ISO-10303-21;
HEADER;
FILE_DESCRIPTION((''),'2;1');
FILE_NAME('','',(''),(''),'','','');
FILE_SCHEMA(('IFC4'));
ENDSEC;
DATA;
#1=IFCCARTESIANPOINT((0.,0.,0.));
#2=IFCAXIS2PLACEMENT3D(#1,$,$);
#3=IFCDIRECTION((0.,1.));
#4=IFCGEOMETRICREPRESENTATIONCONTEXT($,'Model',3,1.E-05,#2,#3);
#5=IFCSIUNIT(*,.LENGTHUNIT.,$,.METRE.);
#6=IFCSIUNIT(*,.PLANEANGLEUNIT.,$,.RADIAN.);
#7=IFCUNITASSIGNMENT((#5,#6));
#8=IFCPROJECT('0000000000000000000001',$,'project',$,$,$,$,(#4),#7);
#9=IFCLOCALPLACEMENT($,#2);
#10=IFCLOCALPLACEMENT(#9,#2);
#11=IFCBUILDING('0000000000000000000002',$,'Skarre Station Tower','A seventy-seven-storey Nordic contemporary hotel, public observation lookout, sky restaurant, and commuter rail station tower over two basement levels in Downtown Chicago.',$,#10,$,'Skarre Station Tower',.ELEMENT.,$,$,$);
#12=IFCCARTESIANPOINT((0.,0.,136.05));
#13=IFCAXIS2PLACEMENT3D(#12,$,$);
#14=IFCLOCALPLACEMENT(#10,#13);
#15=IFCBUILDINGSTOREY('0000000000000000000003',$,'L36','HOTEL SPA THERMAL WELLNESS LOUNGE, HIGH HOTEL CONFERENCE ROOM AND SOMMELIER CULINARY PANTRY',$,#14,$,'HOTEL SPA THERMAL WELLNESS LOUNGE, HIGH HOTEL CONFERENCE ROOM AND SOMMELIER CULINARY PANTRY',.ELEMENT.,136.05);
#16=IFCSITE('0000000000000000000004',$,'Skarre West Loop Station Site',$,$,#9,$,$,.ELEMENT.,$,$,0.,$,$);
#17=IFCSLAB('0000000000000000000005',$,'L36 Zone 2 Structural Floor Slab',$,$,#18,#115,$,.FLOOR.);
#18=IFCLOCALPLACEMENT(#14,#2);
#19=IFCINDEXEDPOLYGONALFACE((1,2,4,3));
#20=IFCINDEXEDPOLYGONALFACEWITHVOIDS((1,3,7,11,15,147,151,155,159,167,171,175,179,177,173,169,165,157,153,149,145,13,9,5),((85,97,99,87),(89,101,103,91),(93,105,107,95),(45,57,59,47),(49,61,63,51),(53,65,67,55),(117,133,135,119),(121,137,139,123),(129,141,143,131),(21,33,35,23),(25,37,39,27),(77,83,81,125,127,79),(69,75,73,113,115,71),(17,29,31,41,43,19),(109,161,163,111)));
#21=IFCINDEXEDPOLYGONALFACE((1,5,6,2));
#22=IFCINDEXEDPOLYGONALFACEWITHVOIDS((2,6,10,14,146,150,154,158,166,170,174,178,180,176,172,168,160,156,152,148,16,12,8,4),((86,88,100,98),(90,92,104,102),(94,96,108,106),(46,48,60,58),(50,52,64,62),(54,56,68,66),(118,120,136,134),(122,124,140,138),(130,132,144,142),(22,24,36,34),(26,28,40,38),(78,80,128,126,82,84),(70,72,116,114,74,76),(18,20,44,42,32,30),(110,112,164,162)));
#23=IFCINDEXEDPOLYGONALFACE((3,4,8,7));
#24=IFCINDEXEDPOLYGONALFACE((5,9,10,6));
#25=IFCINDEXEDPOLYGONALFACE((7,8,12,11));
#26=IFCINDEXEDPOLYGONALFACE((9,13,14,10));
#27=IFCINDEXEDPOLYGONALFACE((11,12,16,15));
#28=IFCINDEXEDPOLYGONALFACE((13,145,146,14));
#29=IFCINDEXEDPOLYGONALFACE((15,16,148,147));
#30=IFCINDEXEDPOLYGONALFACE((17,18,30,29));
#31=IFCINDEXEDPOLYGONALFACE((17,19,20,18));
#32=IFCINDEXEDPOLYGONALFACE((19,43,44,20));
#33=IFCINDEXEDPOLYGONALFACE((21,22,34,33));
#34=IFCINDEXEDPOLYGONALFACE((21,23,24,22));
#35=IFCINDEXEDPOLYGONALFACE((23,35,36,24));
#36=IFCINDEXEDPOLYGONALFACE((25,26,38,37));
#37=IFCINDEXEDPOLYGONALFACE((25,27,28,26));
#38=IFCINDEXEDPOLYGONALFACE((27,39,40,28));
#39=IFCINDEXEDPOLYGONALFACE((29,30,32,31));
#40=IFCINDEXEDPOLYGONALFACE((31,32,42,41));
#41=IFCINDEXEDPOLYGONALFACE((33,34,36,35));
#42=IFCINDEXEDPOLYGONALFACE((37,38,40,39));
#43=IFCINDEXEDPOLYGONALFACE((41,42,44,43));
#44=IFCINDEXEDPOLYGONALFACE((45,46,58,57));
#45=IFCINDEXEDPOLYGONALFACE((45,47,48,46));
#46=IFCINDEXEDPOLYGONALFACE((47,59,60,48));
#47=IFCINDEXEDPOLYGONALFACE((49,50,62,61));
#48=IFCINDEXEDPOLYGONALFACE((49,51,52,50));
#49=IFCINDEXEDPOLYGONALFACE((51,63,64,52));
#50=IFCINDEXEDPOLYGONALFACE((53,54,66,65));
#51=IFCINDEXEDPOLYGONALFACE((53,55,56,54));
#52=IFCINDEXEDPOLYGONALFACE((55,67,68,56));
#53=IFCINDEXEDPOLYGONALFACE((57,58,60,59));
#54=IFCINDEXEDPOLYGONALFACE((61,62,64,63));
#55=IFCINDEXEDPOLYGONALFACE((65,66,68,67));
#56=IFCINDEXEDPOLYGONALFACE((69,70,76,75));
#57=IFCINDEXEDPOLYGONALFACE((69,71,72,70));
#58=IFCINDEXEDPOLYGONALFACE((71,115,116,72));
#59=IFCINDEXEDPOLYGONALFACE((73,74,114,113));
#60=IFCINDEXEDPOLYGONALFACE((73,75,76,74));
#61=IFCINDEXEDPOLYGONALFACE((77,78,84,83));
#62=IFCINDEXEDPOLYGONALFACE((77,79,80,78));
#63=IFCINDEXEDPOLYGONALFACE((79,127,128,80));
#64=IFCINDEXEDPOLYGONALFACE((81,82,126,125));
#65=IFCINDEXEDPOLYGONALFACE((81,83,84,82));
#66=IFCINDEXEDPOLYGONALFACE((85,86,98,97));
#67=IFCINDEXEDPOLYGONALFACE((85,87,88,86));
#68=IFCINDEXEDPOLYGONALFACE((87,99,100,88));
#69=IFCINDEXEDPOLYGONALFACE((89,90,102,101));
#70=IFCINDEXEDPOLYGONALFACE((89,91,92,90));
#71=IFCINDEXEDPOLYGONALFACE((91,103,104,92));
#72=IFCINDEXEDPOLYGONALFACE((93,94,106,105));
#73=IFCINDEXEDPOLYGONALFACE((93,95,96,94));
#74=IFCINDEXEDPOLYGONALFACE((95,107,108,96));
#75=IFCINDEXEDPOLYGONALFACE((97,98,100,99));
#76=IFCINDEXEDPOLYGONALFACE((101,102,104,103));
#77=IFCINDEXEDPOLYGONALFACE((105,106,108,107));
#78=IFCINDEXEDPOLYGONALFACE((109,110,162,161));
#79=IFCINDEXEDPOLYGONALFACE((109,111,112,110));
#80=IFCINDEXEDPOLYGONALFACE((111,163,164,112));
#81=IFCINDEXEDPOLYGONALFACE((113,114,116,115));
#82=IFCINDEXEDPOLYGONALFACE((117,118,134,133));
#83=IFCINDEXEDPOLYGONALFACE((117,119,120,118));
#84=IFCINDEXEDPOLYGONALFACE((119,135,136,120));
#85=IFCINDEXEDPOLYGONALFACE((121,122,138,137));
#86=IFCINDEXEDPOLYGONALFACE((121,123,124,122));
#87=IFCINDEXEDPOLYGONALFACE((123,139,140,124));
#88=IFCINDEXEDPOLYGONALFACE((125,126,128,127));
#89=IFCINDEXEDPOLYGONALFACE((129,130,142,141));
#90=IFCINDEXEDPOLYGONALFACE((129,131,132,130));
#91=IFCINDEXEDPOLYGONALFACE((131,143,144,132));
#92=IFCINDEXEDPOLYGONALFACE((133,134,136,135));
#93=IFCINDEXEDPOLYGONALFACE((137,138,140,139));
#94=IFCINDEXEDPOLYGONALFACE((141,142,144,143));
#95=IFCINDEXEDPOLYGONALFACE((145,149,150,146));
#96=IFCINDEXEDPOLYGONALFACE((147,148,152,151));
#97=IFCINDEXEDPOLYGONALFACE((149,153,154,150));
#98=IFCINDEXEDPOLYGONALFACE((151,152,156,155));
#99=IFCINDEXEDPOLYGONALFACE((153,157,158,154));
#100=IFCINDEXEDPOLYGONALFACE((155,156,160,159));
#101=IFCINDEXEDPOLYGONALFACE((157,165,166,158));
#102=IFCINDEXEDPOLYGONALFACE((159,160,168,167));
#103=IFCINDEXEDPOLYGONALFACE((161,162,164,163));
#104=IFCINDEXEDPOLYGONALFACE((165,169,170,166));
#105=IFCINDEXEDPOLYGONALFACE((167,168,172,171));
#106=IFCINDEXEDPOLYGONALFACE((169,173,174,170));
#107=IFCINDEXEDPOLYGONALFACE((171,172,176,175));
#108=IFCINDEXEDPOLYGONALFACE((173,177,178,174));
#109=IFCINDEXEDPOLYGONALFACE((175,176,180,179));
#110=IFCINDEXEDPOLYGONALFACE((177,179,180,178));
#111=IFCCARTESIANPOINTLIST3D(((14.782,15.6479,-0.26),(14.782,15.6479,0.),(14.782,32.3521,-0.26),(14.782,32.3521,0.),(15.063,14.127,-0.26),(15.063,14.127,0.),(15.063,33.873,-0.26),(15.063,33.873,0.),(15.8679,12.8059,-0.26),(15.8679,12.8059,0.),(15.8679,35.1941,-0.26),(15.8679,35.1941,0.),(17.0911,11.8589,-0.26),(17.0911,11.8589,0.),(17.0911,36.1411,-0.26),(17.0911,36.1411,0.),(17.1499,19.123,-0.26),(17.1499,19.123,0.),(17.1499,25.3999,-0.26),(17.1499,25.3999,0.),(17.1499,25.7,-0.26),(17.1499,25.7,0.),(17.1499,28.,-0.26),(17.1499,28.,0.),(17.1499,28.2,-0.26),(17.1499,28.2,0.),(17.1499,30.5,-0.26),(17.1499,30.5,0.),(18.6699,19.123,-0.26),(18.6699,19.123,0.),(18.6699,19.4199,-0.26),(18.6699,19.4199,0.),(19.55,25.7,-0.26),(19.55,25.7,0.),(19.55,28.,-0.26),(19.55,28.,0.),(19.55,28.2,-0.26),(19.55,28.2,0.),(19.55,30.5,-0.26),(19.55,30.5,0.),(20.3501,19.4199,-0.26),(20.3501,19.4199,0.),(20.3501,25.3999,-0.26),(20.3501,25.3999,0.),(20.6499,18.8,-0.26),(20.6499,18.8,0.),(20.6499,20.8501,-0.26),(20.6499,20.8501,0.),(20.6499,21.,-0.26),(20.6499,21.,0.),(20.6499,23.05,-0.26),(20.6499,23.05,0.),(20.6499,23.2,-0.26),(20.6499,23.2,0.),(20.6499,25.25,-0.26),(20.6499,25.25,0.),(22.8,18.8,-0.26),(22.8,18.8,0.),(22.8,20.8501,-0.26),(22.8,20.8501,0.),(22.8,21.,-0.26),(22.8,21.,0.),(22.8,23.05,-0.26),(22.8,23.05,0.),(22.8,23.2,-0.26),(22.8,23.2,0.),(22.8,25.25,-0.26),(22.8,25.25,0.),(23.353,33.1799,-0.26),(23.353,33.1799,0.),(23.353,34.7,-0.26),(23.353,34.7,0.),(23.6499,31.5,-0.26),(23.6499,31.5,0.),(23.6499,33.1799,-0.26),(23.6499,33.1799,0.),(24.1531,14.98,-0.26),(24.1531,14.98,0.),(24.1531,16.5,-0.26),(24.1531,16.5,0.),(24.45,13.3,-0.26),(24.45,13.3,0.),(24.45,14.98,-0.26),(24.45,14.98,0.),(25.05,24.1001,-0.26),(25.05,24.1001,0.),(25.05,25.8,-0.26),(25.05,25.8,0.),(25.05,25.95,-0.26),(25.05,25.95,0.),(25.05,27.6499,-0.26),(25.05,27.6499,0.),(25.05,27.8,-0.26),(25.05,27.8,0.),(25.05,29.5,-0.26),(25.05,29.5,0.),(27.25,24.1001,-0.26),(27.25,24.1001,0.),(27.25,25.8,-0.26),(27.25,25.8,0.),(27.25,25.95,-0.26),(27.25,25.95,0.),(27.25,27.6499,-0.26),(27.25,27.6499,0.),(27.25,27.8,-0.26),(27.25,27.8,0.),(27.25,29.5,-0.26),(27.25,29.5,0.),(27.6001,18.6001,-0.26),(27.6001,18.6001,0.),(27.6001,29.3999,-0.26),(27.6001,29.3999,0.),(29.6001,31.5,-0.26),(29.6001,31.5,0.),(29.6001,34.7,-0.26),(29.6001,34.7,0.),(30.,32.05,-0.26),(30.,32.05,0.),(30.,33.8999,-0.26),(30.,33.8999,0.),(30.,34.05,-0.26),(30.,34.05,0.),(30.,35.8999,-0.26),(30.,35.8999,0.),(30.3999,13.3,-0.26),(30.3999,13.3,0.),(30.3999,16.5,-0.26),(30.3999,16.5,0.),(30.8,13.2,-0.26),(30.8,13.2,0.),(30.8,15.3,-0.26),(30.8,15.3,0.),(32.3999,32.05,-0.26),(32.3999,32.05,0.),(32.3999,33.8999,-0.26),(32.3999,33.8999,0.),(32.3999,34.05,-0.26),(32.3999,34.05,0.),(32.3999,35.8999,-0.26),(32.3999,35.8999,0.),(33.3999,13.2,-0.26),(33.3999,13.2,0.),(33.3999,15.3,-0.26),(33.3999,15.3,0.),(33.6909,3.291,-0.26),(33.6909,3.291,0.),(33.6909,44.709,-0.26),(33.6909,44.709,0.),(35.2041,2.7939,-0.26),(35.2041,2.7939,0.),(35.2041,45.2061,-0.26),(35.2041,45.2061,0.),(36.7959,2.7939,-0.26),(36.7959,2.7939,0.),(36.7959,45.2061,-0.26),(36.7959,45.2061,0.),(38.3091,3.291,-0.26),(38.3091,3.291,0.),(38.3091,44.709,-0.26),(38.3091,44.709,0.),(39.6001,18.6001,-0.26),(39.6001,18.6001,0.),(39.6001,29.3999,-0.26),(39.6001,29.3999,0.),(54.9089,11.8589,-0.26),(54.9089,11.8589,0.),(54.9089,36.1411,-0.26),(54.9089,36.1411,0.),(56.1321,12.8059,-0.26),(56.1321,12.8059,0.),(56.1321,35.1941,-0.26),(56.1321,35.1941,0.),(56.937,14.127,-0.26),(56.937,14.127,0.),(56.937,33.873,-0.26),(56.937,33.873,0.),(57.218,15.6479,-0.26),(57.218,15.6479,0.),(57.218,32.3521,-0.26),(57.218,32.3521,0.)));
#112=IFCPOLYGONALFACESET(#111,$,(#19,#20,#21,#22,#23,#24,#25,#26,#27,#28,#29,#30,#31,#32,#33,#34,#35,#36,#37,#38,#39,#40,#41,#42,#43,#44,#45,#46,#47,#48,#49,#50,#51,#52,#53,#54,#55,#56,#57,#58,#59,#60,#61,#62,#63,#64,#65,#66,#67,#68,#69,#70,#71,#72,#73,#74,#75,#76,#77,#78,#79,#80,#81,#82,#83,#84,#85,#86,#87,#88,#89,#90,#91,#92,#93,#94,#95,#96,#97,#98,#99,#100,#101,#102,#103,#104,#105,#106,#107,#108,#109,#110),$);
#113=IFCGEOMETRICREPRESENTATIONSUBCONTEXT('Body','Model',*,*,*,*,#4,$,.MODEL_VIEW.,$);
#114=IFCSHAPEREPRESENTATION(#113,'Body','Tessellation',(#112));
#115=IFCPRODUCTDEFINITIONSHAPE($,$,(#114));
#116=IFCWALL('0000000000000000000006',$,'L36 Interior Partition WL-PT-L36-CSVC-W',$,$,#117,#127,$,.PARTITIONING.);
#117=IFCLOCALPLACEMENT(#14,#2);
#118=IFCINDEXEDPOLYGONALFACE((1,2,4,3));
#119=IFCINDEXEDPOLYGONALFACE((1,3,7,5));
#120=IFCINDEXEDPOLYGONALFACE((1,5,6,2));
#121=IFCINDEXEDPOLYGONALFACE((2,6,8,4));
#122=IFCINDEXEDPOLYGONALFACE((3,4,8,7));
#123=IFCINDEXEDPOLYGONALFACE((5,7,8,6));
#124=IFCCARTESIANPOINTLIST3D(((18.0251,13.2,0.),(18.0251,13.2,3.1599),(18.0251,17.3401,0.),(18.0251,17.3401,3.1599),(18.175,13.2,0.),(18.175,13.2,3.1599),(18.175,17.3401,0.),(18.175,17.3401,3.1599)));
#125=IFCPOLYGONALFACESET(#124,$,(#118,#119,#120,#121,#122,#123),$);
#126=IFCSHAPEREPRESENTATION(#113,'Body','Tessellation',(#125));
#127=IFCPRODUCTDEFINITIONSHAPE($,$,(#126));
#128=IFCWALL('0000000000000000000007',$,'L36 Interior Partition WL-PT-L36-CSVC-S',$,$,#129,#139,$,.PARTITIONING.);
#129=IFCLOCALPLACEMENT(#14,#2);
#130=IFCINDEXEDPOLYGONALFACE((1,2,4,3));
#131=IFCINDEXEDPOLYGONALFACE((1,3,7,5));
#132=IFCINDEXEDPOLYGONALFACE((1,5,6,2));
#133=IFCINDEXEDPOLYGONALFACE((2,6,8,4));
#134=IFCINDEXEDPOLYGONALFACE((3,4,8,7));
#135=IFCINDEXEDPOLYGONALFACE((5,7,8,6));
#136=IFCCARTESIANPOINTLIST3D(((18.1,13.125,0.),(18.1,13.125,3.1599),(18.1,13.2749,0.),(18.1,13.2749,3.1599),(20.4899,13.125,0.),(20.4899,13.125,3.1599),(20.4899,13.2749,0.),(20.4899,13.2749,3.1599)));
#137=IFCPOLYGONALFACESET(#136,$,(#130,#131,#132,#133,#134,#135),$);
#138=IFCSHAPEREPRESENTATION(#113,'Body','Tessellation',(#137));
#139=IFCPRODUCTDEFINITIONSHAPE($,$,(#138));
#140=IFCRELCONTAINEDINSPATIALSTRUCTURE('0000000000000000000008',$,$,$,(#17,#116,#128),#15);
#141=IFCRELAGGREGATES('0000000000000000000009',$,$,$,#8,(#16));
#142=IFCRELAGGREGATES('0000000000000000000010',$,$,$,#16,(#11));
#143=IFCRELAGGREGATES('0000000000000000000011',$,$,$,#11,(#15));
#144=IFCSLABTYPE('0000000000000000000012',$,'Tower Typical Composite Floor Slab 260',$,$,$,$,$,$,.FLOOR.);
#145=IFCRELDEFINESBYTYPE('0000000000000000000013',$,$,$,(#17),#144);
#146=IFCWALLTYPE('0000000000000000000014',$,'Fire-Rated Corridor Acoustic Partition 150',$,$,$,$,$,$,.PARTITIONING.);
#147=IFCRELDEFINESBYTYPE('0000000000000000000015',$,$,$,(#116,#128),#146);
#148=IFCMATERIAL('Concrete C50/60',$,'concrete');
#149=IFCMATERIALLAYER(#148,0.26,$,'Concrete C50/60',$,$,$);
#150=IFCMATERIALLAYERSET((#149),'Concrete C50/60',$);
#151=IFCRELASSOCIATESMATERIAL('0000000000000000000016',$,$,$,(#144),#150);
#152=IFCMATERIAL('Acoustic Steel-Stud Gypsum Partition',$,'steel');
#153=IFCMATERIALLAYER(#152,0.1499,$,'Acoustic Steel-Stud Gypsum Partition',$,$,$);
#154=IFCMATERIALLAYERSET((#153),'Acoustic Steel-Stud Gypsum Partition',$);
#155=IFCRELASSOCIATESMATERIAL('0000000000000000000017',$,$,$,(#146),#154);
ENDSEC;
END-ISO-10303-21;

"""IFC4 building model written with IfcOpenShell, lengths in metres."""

from ifc_helpers import new_model, si_unit, direction, frame, frame_2d, origin, place, context, subcontext, project, spatial, polyline, rectangle, outline, extrude, material, layer, layer_set, type_object, element, save


model = new_model("IFC4")

# Units and contexts
model_context = context("Model", 3, precision=1e-05, world=origin(), true_north=direction((0.0, 1.0)))
body_context = subcontext(model_context, "Body", "Model", "MODEL_VIEW")
ifc_project = project(units=[si_unit("LENGTHUNIT", "METRE"), si_unit("PLANEANGLEUNIT", "RADIAN")], contexts=[model_context])

# Site, building, storey
site_placement = place(None, origin())
site = spatial("IfcSite", under=ifc_project, at=site_placement, Name="Skarre West Loop Station Site", CompositionType="ELEMENT", RefElevation=0.0)
building_placement = place(site_placement, origin())
building = spatial("IfcBuilding", under=site, at=building_placement, Name="Skarre Station Tower", Description="A seventy-seven-storey Nordic contemporary hotel, public observation lookout, sky restaurant, and commuter rail station tower over two basement levels in Downtown Chicago.", LongName="Skarre Station Tower", CompositionType="ELEMENT")
storey_placement = place(building_placement, frame((0.0, 0.0, 136.05)))
storey = spatial("IfcBuildingStorey", under=building, at=storey_placement, Name="L36", Description="HOTEL SPA THERMAL WELLNESS LOUNGE, HIGH HOTEL CONFERENCE ROOM AND SOMMELIER CULINARY PANTRY", LongName="HOTEL SPA THERMAL WELLNESS LOUNGE, HIGH HOTEL CONFERENCE ROOM AND SOMMELIER CULINARY PANTRY", CompositionType="ELEMENT", Elevation=136.05)

# Slab
ifc_material_1 = material(Name="Concrete C50/60", Category="concrete")
ifc_layer_1 = layer(ifc_material_1, 0.26, Name="Concrete C50/60")
ifc_layer_set_1 = layer_set([ifc_layer_1], Name="Concrete C50/60")
slab_type_1 = type_object("IfcSlabType", Name="Tower Typical Composite Floor Slab 260", PredefinedType="FLOOR", material=ifc_layer_set_1)
slab_1_placement = place(storey_placement, frame((0.0, 0.0, -0.26)))
element("IfcSlab", 1, at=slab_1_placement, inside=storey, type_object=slab_type_1, Name="L36 Zone 2 Structural Floor Slab", PredefinedType="FLOOR", context=body_context, shape_type="SweptSolid", body=[
    extrude(outline(polyline([(57.218, 32.3521), (56.937, 33.873), (56.1321, 35.1941), (54.9089, 36.1411), (38.3091, 44.709), (36.7959, 45.2061), (35.2041, 45.2061), (33.6909, 44.709), (17.0911, 36.1411), (15.8679, 35.1941), (15.063, 33.873), (14.782, 32.3521), (14.782, 15.6479), (15.063, 14.127), (15.8679, 12.8059), (17.0911, 11.8589), (33.6909, 3.291), (35.2041, 2.7939), (36.7959, 2.7939), (38.3091, 3.291), (54.9089, 11.8589), (56.1321, 12.8059), (56.937, 14.127), (57.218, 15.6479), (57.218, 32.3521)]), holes=[polyline([(18.6699, 19.4199), (18.6699, 19.123), (17.1499, 19.123), (17.1499, 25.3999), (20.3501, 25.3999), (20.3501, 19.4199), (18.6699, 19.4199)]), polyline([(24.45, 14.98), (24.1531, 14.98), (24.1531, 16.5), (30.3999, 16.5), (30.3999, 13.3), (24.45, 13.3), (24.45, 14.98)]), polyline([(23.6499, 33.1799), (23.353, 33.1799), (23.353, 34.7), (29.6001, 34.7), (29.6001, 31.5), (23.6499, 31.5), (23.6499, 33.1799)]), polyline([(17.1499, 28.0), (19.55, 28.0), (19.55, 25.7), (17.1499, 25.7), (17.1499, 28.0)]), polyline([(17.1499, 30.5), (19.55, 30.5), (19.55, 28.2), (17.1499, 28.2), (17.1499, 30.5)]), polyline([(30.8, 15.3), (33.3999, 15.3), (33.3999, 13.2), (30.8, 13.2), (30.8, 15.3)]), polyline([(25.05, 25.8), (27.25, 25.8), (27.25, 24.1001), (25.05, 24.1001), (25.05, 25.8)]), polyline([(25.05, 27.6499), (27.25, 27.6499), (27.25, 25.95), (25.05, 25.95), (25.05, 27.6499)]), polyline([(25.05, 29.5), (27.25, 29.5), (27.25, 27.8), (25.05, 27.8), (25.05, 29.5)]), polyline([(20.6499, 20.8501), (22.8, 20.8501), (22.8, 18.8), (20.6499, 18.8), (20.6499, 20.8501)]), polyline([(20.6499, 23.05), (22.8, 23.05), (22.8, 21.0), (20.6499, 21.0), (20.6499, 23.05)]), polyline([(20.6499, 25.25), (22.8, 25.25), (22.8, 23.2), (20.6499, 23.2), (20.6499, 25.25)]), polyline([(30.0, 33.8999), (32.3999, 33.8999), (32.3999, 32.05), (30.0, 32.05), (30.0, 33.8999)]), polyline([(30.0, 35.8999), (32.3999, 35.8999), (32.3999, 34.05), (30.0, 34.05), (30.0, 35.8999)]), polyline([(27.6001, 29.3999), (39.6001, 29.3999), (39.6001, 18.6001), (27.6001, 18.6001), (27.6001, 29.3999)])]), origin(), (0.0, 0.0, 1.0), 0.26),
])

# Walls
ifc_material_2 = material(Name="Acoustic Steel-Stud Gypsum Partition", Category="steel")
ifc_layer_2 = layer(ifc_material_2, 0.1499, Name="Acoustic Steel-Stud Gypsum Partition")
ifc_layer_set_2 = layer_set([ifc_layer_2], Name="Acoustic Steel-Stud Gypsum Partition")
wall_type_1 = type_object("IfcWallType", Name="Fire-Rated Corridor Acoustic Partition 150", PredefinedType="PARTITIONING", material=ifc_layer_set_2)
wall_1_placement = place(storey_placement, frame((18.1001, 17.3401, 0.0), z_axis=(0.0, 0.0, 1.0), x_axis=(0.0, -1.0, 0.0)))
element("IfcWall", 2, at=wall_1_placement, inside=storey, type_object=wall_type_1, Name="L36 Interior Partition WL-PT-L36-CSVC-W", PredefinedType="PARTITIONING", context=body_context, shape_type="SweptSolid", body=[
    extrude(rectangle(XDim=4.1401, YDim=0.1499, at=frame_2d((2.0701, 0.0))), origin(), (0.0, 0.0, 1.0), 3.1599),
])
wall_2_placement = place(storey_placement, frame((18.1001, 13.2, 0.0), z_axis=(0.0, 0.0, 1.0), x_axis=(1.0, 0.0, 0.0)))
element("IfcWall", 3, at=wall_2_placement, inside=storey, type_object=wall_type_1, Name="L36 Interior Partition WL-PT-L36-CSVC-S", PredefinedType="PARTITIONING", context=body_context, shape_type="SweptSolid", body=[
    extrude(rectangle(XDim=2.3899, YDim=0.1499, at=frame_2d((1.1948, 0.0))), origin(), (0.0, 0.0, 1.0), 3.1599),
])

save(model, "model.ifc")
